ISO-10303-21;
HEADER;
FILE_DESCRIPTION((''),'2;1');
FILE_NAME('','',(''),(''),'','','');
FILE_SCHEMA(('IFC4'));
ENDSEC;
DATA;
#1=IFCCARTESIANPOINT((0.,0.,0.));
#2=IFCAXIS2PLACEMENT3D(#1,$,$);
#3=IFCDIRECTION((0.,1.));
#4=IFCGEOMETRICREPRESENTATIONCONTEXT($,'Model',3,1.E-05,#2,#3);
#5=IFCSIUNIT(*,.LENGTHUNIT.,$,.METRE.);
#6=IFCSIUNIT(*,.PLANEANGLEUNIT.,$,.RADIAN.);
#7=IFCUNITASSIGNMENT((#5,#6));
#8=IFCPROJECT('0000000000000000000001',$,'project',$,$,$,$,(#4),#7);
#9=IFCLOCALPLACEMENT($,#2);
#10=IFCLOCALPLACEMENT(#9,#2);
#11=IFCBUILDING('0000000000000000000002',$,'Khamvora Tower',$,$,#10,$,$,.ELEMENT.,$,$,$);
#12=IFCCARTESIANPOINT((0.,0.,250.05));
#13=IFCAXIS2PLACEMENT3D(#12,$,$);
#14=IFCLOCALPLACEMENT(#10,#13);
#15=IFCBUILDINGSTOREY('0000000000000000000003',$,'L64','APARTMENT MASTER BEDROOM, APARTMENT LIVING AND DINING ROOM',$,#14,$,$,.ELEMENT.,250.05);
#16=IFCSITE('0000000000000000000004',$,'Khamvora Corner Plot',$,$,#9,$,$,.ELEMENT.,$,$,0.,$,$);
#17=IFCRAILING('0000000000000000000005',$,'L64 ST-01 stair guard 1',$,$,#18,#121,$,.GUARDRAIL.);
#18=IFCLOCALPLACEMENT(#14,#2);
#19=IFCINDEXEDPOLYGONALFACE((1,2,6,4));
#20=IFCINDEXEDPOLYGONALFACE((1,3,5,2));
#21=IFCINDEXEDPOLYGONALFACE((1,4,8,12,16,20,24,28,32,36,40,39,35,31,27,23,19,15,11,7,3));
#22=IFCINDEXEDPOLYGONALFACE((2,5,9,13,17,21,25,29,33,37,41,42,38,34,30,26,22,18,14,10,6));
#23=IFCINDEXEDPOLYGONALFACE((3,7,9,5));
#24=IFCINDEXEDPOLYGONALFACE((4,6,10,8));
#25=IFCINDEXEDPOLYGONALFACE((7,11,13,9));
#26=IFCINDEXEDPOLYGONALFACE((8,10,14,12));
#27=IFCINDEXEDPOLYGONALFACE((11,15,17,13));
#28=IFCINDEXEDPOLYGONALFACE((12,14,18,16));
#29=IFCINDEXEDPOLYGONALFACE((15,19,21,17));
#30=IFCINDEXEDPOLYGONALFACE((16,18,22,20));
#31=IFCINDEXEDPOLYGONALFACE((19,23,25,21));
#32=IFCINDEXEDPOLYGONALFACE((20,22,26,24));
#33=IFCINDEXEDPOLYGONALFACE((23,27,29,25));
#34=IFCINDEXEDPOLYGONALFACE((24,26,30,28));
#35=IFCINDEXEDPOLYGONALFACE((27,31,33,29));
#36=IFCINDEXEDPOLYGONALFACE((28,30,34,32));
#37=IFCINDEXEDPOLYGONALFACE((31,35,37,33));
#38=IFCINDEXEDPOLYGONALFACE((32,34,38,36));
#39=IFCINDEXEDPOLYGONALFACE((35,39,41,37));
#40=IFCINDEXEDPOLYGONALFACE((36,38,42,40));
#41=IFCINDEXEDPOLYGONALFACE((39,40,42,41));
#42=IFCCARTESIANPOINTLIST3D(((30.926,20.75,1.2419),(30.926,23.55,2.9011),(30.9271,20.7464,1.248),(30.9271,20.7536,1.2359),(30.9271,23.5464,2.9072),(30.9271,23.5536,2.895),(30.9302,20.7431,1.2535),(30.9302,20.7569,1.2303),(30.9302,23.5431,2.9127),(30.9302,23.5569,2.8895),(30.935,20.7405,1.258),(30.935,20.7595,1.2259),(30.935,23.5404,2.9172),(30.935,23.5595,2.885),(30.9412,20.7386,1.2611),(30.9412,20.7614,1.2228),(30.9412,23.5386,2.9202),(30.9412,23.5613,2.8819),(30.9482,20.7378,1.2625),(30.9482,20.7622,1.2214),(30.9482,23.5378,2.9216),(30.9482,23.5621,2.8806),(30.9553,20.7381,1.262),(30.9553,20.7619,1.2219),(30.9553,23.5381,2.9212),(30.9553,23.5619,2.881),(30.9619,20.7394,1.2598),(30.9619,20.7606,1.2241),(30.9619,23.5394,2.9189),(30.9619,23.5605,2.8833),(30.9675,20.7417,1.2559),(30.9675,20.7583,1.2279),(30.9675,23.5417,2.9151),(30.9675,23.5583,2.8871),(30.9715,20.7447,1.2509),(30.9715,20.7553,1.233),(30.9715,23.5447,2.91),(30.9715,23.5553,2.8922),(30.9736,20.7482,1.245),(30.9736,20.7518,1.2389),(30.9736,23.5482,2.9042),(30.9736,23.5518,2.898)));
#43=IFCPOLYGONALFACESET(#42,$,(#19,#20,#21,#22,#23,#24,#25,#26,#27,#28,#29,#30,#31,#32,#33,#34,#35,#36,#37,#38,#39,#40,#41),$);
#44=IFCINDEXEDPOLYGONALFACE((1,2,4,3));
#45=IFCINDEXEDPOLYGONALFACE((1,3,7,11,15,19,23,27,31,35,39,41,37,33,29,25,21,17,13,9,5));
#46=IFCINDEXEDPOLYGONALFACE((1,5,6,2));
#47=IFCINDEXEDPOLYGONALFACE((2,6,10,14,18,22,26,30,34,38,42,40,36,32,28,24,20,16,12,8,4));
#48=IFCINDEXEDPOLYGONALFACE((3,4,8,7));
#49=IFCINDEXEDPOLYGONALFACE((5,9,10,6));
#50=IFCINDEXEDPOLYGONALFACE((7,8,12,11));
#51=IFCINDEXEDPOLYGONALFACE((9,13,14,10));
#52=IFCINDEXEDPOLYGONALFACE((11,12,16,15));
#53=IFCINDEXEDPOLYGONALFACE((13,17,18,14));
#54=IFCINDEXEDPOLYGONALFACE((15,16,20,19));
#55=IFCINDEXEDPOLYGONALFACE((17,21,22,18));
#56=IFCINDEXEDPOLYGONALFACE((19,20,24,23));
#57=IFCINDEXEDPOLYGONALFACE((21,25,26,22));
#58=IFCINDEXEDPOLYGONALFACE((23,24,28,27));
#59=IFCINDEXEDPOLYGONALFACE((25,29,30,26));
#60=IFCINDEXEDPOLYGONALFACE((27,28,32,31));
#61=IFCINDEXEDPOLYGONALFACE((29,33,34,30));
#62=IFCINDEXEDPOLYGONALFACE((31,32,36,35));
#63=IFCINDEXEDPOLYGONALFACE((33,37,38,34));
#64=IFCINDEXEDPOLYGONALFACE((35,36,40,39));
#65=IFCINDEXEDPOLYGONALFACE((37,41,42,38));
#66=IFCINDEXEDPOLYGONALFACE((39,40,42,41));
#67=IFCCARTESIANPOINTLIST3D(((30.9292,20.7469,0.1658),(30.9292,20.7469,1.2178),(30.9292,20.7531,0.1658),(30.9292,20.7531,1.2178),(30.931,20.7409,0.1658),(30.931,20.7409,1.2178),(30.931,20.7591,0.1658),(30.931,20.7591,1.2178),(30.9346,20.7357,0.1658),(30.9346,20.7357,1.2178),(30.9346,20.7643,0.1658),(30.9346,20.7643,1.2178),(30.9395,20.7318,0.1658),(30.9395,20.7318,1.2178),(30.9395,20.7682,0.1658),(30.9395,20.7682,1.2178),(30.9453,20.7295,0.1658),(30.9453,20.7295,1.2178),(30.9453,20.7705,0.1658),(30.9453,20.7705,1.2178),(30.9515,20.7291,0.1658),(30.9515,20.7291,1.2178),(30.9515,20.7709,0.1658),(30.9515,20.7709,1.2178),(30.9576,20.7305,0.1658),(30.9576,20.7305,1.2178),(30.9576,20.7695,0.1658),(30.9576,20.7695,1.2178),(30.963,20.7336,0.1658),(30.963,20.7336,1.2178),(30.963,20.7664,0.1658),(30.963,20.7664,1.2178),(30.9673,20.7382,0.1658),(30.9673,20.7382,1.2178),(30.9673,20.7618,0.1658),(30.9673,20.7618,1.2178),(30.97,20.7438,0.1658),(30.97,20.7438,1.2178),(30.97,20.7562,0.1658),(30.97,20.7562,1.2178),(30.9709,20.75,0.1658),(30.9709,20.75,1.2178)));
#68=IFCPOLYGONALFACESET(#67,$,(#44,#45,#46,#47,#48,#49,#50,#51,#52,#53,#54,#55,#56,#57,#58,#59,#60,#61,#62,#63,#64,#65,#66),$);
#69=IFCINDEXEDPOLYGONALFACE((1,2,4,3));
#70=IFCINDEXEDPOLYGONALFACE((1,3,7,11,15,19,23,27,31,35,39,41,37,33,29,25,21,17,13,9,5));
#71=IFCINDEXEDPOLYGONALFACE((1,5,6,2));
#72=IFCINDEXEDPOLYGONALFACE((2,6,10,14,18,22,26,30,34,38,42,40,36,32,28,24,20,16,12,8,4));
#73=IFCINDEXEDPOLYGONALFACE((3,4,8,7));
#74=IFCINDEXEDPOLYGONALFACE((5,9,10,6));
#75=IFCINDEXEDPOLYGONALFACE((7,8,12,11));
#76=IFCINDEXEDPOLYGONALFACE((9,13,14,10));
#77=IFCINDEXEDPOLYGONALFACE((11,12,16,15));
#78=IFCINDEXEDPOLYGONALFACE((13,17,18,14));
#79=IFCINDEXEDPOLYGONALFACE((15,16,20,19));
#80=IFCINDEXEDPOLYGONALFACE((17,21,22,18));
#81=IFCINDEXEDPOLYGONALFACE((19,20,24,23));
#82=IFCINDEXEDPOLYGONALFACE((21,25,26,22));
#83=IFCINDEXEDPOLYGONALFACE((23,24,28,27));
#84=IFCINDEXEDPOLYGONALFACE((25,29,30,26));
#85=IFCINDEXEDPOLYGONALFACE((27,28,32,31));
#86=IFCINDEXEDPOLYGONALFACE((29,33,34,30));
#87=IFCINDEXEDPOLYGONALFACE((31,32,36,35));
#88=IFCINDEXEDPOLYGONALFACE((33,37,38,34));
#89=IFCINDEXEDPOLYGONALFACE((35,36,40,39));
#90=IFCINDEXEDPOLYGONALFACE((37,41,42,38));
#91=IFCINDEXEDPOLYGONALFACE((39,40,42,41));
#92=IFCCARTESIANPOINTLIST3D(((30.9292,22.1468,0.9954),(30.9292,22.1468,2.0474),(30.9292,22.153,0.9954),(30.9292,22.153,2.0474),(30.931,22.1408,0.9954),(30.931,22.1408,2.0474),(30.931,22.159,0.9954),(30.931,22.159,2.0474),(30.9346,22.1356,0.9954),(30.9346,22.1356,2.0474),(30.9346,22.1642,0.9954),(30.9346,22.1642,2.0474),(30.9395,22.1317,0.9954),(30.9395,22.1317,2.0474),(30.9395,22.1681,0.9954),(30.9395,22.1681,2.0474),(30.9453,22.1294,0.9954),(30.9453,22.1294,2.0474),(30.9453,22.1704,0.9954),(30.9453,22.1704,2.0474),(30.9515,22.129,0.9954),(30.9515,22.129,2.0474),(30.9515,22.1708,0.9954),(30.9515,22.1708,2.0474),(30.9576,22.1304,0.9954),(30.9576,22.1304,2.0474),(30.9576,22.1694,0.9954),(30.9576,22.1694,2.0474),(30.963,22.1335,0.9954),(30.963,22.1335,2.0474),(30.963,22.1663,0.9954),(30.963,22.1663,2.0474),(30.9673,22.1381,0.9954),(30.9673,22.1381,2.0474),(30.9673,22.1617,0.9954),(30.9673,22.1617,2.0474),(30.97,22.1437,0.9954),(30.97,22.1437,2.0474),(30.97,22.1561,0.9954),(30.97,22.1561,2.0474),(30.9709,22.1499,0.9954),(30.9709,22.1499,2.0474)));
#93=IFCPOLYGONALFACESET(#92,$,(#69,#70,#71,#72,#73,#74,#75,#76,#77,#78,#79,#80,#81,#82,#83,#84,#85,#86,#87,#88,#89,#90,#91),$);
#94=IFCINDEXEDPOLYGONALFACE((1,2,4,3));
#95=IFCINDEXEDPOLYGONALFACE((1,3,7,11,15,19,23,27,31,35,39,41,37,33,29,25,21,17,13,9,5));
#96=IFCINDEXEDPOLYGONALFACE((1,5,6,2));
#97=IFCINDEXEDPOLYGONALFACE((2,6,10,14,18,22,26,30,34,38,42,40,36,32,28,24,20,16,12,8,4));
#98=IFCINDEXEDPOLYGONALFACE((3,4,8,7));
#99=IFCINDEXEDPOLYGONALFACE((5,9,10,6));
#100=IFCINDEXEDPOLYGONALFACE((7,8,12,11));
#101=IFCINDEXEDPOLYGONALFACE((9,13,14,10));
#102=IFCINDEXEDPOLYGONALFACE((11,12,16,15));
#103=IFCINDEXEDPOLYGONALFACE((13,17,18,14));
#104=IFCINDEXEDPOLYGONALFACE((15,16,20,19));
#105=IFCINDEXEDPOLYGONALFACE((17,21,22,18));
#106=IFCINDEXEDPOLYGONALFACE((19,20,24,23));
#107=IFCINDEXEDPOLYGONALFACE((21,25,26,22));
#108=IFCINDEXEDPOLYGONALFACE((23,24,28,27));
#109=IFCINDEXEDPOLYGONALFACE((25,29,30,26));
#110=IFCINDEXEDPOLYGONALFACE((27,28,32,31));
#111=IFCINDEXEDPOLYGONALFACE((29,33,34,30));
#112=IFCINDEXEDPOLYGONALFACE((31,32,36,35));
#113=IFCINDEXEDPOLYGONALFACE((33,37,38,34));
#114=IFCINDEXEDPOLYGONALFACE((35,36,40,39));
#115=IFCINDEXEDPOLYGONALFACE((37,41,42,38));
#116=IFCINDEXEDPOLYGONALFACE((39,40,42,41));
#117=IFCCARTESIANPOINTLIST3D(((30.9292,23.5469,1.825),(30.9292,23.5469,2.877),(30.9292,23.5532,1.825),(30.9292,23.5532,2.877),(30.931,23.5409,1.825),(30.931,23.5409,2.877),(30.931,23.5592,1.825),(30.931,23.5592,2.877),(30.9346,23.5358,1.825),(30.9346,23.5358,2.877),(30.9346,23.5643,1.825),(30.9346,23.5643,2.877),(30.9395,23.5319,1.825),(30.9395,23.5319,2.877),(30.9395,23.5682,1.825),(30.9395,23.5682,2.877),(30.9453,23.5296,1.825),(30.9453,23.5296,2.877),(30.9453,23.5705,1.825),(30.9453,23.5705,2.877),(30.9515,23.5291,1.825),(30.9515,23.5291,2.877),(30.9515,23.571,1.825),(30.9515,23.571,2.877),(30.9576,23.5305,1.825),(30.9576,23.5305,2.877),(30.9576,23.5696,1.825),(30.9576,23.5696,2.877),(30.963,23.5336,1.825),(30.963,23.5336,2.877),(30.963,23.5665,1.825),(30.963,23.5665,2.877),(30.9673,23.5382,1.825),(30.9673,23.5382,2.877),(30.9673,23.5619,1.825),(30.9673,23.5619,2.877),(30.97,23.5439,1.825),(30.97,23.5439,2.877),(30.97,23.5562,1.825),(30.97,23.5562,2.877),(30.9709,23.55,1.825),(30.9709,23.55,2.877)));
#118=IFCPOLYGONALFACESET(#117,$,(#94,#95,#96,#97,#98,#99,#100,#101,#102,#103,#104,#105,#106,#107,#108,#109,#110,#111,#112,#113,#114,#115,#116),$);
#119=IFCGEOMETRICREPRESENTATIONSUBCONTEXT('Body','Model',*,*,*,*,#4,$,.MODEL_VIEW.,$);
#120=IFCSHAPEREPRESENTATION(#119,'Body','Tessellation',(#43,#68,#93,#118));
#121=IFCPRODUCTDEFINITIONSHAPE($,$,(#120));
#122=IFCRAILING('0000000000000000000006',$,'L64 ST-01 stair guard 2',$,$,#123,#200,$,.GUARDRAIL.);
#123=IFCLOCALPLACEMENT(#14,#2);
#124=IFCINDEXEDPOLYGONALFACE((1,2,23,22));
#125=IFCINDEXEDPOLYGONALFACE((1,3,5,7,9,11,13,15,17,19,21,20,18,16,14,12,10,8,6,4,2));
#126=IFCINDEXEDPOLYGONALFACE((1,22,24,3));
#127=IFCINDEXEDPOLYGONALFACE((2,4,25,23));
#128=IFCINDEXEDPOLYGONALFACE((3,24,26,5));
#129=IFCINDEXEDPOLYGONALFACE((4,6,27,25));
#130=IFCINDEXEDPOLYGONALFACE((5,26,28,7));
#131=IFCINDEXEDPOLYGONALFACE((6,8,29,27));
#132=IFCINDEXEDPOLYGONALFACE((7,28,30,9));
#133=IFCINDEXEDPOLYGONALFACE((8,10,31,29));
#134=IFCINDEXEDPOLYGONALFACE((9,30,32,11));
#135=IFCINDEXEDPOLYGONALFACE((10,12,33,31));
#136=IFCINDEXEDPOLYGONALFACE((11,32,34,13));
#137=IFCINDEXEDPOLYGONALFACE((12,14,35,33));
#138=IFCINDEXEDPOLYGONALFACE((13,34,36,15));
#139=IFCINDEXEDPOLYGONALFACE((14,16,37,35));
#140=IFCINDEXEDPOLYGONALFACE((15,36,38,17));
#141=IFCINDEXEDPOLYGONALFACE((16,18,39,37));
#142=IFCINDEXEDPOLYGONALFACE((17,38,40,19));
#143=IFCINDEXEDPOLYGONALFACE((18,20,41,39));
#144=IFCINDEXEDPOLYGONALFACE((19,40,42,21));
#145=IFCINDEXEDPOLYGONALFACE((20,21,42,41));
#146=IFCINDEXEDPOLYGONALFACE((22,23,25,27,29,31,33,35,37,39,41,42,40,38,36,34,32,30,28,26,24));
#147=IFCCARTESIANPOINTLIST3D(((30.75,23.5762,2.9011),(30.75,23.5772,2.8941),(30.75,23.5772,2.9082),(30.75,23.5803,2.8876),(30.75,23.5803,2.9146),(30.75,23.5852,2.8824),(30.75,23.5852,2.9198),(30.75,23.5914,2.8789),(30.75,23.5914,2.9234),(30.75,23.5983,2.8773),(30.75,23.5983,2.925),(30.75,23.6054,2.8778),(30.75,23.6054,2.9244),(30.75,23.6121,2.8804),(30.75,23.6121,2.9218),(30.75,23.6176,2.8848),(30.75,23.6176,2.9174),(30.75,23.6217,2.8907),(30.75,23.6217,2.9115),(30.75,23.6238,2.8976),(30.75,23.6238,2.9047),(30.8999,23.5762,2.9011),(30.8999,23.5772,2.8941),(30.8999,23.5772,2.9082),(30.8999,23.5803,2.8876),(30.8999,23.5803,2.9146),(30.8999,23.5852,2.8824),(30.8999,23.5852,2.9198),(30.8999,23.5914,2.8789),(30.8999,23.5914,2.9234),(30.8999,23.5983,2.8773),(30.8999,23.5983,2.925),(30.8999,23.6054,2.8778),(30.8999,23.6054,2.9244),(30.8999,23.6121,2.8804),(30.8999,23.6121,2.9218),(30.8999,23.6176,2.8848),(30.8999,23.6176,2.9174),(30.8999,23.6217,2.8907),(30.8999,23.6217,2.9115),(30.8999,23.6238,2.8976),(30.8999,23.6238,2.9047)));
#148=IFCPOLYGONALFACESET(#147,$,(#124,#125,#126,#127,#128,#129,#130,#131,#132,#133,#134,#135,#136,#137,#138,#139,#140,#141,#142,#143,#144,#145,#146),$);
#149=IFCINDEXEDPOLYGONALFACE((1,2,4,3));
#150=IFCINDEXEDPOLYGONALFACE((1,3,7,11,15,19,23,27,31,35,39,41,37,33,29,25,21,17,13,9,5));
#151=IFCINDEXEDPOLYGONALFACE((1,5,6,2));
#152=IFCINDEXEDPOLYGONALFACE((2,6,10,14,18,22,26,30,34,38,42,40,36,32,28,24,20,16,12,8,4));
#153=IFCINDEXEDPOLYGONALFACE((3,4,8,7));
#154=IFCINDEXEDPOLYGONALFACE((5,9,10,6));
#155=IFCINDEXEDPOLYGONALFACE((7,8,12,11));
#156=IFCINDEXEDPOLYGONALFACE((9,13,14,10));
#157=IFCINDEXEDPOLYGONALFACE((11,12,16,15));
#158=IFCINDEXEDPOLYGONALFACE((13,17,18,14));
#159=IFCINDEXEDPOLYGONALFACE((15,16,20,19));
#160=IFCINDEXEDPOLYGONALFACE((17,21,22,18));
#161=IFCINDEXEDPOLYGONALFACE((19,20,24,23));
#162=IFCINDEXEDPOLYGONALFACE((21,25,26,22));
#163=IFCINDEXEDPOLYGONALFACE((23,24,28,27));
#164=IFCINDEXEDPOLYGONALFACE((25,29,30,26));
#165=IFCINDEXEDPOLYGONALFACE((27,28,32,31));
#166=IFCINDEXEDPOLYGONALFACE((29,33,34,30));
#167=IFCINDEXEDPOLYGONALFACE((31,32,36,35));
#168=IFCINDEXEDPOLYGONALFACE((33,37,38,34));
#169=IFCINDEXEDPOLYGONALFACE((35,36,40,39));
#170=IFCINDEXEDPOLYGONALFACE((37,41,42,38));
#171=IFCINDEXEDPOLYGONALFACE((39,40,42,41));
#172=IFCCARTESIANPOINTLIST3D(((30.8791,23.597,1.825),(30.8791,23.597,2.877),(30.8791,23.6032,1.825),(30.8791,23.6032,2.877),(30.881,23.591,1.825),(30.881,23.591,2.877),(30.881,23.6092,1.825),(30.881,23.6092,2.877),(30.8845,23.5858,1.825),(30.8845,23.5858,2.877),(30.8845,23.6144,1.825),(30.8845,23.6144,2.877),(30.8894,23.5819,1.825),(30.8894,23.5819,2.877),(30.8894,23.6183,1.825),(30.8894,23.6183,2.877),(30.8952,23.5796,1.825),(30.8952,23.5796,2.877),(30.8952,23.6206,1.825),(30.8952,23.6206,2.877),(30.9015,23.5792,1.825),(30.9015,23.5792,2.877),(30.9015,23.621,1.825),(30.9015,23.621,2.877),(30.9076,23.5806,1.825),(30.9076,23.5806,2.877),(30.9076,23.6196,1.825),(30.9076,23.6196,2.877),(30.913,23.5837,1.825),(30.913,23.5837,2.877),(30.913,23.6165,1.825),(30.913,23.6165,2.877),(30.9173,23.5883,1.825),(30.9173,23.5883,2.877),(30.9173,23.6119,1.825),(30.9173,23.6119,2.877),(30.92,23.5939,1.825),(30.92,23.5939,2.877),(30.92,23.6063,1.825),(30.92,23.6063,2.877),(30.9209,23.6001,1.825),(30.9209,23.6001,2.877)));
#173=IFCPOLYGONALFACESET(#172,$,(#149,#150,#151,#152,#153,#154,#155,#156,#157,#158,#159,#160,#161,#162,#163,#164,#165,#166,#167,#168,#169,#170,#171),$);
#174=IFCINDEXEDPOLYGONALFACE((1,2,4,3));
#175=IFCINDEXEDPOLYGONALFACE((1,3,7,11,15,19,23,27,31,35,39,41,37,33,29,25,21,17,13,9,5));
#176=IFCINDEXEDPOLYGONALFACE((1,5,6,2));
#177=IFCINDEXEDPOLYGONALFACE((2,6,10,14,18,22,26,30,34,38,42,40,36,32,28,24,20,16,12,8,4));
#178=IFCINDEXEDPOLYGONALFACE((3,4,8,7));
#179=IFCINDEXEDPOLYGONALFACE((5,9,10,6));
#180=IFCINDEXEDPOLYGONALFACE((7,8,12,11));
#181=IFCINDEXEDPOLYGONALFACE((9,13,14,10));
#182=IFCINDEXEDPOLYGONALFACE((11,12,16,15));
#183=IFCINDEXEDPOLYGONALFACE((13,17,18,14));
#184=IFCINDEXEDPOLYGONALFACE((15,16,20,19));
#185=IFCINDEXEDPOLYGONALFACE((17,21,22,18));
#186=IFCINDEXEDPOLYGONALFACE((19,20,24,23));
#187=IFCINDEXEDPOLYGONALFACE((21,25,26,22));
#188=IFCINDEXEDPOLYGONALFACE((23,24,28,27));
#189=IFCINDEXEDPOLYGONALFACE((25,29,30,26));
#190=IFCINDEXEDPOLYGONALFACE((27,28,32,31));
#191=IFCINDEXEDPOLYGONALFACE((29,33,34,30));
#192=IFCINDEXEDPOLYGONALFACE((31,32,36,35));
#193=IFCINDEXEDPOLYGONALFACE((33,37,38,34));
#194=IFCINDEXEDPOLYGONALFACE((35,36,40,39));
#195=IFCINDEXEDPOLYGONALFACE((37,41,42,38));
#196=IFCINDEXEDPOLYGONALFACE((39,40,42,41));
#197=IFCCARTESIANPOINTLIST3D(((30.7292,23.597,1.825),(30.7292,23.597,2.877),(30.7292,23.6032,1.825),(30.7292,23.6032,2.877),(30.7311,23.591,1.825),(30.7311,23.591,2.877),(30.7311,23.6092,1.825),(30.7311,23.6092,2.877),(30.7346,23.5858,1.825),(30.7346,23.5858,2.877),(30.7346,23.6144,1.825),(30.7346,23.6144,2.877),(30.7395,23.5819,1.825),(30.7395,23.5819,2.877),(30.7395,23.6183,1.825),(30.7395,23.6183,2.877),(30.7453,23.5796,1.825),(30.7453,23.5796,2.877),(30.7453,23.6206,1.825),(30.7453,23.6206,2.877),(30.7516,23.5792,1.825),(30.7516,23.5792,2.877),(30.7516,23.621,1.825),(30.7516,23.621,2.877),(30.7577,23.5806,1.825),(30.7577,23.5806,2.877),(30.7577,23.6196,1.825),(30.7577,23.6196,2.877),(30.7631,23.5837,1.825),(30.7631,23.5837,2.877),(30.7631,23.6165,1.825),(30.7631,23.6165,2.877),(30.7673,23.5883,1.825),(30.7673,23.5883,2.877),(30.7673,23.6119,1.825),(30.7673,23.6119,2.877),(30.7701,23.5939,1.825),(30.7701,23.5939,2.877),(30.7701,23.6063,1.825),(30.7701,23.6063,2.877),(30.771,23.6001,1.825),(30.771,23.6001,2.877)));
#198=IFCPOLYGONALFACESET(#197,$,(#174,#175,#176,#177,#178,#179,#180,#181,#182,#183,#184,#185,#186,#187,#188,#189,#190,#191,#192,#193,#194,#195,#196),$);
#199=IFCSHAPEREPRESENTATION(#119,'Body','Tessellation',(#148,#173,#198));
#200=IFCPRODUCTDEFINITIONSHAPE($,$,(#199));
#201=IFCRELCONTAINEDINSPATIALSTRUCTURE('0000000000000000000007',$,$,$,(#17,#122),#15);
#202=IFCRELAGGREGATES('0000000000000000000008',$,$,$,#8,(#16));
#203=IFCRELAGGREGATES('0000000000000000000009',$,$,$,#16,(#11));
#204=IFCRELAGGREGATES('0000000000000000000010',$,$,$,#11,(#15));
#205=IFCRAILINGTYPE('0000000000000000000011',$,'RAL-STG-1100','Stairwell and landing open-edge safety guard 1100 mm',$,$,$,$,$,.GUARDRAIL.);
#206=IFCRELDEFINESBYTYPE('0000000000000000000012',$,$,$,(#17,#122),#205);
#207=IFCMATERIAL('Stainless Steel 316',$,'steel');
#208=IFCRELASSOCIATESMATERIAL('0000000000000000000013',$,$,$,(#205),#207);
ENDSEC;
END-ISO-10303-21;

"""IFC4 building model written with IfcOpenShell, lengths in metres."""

from ifc_helpers import new_model, si_unit, direction, frame, origin, origin_2d, place, context, subcontext, project, spatial, circle, extrude, material, type_object, element, save


model = new_model("IFC4")

# Units and contexts
model_context = context("Model", 3, precision=1e-05, world=origin(), true_north=direction((0.0, 1.0)))
body_context = subcontext(model_context, "Body", "Model", "MODEL_VIEW")
ifc_project = project(units=[si_unit("LENGTHUNIT", "METRE"), si_unit("PLANEANGLEUNIT", "RADIAN")], contexts=[model_context])

# Site, building, storey
site_placement = place(None, origin())
site = spatial("IfcSite", under=ifc_project, at=site_placement, Name="Khamvora Corner Plot", CompositionType="ELEMENT", RefElevation=0.0)
building_placement = place(site_placement, origin())
building = spatial("IfcBuilding", under=site, at=building_placement, Name="Khamvora Tower", CompositionType="ELEMENT")
storey_placement = place(building_placement, frame((0.0, 0.0, 250.05)))
storey = spatial("IfcBuildingStorey", under=building, at=storey_placement, Name="L64", Description="APARTMENT MASTER BEDROOM, APARTMENT LIVING AND DINING ROOM", CompositionType="ELEMENT", Elevation=250.05)

# Railings
ifc_material_1 = material(Name="Stainless Steel 316", Category="steel")
railing_type_1 = type_object("IfcRailingType", Name="RAL-STG-1100", Description="Stairwell and landing open-edge safety guard 1100 mm", PredefinedType="GUARDRAIL", material=ifc_material_1)
railing_1_placement = place(storey_placement, frame((30.95, 20.75, 0.1658)))
element("IfcRailing", 1, at=railing_1_placement, inside=storey, type_object=railing_type_1, Name="L64 ST-01 stair guard 1", PredefinedType="GUARDRAIL", context=body_context, shape_type="SweptSolid", body=[
    extrude(circle(Radius=0.0239, at=origin_2d()), frame((0.0, 0.0, 1.0762), z_axis=(0.0, 0.860306, 0.509778), x_axis=(-1.0, 0.0, 0.0)), (0.0, 0.0, 1.0), 3.2546),
    extrude(circle(Radius=0.021, at=origin_2d()), origin(), (0.0, 0.0, 1.0), 1.052),
    extrude(circle(Radius=0.021, at=origin_2d()), frame((0.0, 1.3999, 0.8296)), (0.0, 0.0, 1.0), 1.052),
    extrude(circle(Radius=0.021, at=origin_2d()), frame((0.0, 2.8, 1.6592)), (0.0, 0.0, 1.0), 1.052),
])
railing_2_placement = place(storey_placement, frame((30.8999, 23.6001, 1.825)))
element("IfcRailing", 2, at=railing_2_placement, inside=storey, type_object=railing_type_1, Name="L64 ST-01 stair guard 2", PredefinedType="GUARDRAIL", context=body_context, shape_type="SweptSolid", body=[
    extrude(circle(Radius=0.0239, at=origin_2d()), frame((0.0, 0.0, 1.0762), z_axis=(-1.0, 0.0, 0.0), x_axis=(0.0, -1.0, 0.0)), (0.0, 0.0, 1.0), 0.1499),
    extrude(circle(Radius=0.021, at=origin_2d()), origin(), (0.0, 0.0, 1.0), 1.052),
    extrude(circle(Radius=0.021, at=origin_2d()), frame((-0.1499, 0.0, 0.0)), (0.0, 0.0, 1.0), 1.052),
])

save(model, "model.ifc")
